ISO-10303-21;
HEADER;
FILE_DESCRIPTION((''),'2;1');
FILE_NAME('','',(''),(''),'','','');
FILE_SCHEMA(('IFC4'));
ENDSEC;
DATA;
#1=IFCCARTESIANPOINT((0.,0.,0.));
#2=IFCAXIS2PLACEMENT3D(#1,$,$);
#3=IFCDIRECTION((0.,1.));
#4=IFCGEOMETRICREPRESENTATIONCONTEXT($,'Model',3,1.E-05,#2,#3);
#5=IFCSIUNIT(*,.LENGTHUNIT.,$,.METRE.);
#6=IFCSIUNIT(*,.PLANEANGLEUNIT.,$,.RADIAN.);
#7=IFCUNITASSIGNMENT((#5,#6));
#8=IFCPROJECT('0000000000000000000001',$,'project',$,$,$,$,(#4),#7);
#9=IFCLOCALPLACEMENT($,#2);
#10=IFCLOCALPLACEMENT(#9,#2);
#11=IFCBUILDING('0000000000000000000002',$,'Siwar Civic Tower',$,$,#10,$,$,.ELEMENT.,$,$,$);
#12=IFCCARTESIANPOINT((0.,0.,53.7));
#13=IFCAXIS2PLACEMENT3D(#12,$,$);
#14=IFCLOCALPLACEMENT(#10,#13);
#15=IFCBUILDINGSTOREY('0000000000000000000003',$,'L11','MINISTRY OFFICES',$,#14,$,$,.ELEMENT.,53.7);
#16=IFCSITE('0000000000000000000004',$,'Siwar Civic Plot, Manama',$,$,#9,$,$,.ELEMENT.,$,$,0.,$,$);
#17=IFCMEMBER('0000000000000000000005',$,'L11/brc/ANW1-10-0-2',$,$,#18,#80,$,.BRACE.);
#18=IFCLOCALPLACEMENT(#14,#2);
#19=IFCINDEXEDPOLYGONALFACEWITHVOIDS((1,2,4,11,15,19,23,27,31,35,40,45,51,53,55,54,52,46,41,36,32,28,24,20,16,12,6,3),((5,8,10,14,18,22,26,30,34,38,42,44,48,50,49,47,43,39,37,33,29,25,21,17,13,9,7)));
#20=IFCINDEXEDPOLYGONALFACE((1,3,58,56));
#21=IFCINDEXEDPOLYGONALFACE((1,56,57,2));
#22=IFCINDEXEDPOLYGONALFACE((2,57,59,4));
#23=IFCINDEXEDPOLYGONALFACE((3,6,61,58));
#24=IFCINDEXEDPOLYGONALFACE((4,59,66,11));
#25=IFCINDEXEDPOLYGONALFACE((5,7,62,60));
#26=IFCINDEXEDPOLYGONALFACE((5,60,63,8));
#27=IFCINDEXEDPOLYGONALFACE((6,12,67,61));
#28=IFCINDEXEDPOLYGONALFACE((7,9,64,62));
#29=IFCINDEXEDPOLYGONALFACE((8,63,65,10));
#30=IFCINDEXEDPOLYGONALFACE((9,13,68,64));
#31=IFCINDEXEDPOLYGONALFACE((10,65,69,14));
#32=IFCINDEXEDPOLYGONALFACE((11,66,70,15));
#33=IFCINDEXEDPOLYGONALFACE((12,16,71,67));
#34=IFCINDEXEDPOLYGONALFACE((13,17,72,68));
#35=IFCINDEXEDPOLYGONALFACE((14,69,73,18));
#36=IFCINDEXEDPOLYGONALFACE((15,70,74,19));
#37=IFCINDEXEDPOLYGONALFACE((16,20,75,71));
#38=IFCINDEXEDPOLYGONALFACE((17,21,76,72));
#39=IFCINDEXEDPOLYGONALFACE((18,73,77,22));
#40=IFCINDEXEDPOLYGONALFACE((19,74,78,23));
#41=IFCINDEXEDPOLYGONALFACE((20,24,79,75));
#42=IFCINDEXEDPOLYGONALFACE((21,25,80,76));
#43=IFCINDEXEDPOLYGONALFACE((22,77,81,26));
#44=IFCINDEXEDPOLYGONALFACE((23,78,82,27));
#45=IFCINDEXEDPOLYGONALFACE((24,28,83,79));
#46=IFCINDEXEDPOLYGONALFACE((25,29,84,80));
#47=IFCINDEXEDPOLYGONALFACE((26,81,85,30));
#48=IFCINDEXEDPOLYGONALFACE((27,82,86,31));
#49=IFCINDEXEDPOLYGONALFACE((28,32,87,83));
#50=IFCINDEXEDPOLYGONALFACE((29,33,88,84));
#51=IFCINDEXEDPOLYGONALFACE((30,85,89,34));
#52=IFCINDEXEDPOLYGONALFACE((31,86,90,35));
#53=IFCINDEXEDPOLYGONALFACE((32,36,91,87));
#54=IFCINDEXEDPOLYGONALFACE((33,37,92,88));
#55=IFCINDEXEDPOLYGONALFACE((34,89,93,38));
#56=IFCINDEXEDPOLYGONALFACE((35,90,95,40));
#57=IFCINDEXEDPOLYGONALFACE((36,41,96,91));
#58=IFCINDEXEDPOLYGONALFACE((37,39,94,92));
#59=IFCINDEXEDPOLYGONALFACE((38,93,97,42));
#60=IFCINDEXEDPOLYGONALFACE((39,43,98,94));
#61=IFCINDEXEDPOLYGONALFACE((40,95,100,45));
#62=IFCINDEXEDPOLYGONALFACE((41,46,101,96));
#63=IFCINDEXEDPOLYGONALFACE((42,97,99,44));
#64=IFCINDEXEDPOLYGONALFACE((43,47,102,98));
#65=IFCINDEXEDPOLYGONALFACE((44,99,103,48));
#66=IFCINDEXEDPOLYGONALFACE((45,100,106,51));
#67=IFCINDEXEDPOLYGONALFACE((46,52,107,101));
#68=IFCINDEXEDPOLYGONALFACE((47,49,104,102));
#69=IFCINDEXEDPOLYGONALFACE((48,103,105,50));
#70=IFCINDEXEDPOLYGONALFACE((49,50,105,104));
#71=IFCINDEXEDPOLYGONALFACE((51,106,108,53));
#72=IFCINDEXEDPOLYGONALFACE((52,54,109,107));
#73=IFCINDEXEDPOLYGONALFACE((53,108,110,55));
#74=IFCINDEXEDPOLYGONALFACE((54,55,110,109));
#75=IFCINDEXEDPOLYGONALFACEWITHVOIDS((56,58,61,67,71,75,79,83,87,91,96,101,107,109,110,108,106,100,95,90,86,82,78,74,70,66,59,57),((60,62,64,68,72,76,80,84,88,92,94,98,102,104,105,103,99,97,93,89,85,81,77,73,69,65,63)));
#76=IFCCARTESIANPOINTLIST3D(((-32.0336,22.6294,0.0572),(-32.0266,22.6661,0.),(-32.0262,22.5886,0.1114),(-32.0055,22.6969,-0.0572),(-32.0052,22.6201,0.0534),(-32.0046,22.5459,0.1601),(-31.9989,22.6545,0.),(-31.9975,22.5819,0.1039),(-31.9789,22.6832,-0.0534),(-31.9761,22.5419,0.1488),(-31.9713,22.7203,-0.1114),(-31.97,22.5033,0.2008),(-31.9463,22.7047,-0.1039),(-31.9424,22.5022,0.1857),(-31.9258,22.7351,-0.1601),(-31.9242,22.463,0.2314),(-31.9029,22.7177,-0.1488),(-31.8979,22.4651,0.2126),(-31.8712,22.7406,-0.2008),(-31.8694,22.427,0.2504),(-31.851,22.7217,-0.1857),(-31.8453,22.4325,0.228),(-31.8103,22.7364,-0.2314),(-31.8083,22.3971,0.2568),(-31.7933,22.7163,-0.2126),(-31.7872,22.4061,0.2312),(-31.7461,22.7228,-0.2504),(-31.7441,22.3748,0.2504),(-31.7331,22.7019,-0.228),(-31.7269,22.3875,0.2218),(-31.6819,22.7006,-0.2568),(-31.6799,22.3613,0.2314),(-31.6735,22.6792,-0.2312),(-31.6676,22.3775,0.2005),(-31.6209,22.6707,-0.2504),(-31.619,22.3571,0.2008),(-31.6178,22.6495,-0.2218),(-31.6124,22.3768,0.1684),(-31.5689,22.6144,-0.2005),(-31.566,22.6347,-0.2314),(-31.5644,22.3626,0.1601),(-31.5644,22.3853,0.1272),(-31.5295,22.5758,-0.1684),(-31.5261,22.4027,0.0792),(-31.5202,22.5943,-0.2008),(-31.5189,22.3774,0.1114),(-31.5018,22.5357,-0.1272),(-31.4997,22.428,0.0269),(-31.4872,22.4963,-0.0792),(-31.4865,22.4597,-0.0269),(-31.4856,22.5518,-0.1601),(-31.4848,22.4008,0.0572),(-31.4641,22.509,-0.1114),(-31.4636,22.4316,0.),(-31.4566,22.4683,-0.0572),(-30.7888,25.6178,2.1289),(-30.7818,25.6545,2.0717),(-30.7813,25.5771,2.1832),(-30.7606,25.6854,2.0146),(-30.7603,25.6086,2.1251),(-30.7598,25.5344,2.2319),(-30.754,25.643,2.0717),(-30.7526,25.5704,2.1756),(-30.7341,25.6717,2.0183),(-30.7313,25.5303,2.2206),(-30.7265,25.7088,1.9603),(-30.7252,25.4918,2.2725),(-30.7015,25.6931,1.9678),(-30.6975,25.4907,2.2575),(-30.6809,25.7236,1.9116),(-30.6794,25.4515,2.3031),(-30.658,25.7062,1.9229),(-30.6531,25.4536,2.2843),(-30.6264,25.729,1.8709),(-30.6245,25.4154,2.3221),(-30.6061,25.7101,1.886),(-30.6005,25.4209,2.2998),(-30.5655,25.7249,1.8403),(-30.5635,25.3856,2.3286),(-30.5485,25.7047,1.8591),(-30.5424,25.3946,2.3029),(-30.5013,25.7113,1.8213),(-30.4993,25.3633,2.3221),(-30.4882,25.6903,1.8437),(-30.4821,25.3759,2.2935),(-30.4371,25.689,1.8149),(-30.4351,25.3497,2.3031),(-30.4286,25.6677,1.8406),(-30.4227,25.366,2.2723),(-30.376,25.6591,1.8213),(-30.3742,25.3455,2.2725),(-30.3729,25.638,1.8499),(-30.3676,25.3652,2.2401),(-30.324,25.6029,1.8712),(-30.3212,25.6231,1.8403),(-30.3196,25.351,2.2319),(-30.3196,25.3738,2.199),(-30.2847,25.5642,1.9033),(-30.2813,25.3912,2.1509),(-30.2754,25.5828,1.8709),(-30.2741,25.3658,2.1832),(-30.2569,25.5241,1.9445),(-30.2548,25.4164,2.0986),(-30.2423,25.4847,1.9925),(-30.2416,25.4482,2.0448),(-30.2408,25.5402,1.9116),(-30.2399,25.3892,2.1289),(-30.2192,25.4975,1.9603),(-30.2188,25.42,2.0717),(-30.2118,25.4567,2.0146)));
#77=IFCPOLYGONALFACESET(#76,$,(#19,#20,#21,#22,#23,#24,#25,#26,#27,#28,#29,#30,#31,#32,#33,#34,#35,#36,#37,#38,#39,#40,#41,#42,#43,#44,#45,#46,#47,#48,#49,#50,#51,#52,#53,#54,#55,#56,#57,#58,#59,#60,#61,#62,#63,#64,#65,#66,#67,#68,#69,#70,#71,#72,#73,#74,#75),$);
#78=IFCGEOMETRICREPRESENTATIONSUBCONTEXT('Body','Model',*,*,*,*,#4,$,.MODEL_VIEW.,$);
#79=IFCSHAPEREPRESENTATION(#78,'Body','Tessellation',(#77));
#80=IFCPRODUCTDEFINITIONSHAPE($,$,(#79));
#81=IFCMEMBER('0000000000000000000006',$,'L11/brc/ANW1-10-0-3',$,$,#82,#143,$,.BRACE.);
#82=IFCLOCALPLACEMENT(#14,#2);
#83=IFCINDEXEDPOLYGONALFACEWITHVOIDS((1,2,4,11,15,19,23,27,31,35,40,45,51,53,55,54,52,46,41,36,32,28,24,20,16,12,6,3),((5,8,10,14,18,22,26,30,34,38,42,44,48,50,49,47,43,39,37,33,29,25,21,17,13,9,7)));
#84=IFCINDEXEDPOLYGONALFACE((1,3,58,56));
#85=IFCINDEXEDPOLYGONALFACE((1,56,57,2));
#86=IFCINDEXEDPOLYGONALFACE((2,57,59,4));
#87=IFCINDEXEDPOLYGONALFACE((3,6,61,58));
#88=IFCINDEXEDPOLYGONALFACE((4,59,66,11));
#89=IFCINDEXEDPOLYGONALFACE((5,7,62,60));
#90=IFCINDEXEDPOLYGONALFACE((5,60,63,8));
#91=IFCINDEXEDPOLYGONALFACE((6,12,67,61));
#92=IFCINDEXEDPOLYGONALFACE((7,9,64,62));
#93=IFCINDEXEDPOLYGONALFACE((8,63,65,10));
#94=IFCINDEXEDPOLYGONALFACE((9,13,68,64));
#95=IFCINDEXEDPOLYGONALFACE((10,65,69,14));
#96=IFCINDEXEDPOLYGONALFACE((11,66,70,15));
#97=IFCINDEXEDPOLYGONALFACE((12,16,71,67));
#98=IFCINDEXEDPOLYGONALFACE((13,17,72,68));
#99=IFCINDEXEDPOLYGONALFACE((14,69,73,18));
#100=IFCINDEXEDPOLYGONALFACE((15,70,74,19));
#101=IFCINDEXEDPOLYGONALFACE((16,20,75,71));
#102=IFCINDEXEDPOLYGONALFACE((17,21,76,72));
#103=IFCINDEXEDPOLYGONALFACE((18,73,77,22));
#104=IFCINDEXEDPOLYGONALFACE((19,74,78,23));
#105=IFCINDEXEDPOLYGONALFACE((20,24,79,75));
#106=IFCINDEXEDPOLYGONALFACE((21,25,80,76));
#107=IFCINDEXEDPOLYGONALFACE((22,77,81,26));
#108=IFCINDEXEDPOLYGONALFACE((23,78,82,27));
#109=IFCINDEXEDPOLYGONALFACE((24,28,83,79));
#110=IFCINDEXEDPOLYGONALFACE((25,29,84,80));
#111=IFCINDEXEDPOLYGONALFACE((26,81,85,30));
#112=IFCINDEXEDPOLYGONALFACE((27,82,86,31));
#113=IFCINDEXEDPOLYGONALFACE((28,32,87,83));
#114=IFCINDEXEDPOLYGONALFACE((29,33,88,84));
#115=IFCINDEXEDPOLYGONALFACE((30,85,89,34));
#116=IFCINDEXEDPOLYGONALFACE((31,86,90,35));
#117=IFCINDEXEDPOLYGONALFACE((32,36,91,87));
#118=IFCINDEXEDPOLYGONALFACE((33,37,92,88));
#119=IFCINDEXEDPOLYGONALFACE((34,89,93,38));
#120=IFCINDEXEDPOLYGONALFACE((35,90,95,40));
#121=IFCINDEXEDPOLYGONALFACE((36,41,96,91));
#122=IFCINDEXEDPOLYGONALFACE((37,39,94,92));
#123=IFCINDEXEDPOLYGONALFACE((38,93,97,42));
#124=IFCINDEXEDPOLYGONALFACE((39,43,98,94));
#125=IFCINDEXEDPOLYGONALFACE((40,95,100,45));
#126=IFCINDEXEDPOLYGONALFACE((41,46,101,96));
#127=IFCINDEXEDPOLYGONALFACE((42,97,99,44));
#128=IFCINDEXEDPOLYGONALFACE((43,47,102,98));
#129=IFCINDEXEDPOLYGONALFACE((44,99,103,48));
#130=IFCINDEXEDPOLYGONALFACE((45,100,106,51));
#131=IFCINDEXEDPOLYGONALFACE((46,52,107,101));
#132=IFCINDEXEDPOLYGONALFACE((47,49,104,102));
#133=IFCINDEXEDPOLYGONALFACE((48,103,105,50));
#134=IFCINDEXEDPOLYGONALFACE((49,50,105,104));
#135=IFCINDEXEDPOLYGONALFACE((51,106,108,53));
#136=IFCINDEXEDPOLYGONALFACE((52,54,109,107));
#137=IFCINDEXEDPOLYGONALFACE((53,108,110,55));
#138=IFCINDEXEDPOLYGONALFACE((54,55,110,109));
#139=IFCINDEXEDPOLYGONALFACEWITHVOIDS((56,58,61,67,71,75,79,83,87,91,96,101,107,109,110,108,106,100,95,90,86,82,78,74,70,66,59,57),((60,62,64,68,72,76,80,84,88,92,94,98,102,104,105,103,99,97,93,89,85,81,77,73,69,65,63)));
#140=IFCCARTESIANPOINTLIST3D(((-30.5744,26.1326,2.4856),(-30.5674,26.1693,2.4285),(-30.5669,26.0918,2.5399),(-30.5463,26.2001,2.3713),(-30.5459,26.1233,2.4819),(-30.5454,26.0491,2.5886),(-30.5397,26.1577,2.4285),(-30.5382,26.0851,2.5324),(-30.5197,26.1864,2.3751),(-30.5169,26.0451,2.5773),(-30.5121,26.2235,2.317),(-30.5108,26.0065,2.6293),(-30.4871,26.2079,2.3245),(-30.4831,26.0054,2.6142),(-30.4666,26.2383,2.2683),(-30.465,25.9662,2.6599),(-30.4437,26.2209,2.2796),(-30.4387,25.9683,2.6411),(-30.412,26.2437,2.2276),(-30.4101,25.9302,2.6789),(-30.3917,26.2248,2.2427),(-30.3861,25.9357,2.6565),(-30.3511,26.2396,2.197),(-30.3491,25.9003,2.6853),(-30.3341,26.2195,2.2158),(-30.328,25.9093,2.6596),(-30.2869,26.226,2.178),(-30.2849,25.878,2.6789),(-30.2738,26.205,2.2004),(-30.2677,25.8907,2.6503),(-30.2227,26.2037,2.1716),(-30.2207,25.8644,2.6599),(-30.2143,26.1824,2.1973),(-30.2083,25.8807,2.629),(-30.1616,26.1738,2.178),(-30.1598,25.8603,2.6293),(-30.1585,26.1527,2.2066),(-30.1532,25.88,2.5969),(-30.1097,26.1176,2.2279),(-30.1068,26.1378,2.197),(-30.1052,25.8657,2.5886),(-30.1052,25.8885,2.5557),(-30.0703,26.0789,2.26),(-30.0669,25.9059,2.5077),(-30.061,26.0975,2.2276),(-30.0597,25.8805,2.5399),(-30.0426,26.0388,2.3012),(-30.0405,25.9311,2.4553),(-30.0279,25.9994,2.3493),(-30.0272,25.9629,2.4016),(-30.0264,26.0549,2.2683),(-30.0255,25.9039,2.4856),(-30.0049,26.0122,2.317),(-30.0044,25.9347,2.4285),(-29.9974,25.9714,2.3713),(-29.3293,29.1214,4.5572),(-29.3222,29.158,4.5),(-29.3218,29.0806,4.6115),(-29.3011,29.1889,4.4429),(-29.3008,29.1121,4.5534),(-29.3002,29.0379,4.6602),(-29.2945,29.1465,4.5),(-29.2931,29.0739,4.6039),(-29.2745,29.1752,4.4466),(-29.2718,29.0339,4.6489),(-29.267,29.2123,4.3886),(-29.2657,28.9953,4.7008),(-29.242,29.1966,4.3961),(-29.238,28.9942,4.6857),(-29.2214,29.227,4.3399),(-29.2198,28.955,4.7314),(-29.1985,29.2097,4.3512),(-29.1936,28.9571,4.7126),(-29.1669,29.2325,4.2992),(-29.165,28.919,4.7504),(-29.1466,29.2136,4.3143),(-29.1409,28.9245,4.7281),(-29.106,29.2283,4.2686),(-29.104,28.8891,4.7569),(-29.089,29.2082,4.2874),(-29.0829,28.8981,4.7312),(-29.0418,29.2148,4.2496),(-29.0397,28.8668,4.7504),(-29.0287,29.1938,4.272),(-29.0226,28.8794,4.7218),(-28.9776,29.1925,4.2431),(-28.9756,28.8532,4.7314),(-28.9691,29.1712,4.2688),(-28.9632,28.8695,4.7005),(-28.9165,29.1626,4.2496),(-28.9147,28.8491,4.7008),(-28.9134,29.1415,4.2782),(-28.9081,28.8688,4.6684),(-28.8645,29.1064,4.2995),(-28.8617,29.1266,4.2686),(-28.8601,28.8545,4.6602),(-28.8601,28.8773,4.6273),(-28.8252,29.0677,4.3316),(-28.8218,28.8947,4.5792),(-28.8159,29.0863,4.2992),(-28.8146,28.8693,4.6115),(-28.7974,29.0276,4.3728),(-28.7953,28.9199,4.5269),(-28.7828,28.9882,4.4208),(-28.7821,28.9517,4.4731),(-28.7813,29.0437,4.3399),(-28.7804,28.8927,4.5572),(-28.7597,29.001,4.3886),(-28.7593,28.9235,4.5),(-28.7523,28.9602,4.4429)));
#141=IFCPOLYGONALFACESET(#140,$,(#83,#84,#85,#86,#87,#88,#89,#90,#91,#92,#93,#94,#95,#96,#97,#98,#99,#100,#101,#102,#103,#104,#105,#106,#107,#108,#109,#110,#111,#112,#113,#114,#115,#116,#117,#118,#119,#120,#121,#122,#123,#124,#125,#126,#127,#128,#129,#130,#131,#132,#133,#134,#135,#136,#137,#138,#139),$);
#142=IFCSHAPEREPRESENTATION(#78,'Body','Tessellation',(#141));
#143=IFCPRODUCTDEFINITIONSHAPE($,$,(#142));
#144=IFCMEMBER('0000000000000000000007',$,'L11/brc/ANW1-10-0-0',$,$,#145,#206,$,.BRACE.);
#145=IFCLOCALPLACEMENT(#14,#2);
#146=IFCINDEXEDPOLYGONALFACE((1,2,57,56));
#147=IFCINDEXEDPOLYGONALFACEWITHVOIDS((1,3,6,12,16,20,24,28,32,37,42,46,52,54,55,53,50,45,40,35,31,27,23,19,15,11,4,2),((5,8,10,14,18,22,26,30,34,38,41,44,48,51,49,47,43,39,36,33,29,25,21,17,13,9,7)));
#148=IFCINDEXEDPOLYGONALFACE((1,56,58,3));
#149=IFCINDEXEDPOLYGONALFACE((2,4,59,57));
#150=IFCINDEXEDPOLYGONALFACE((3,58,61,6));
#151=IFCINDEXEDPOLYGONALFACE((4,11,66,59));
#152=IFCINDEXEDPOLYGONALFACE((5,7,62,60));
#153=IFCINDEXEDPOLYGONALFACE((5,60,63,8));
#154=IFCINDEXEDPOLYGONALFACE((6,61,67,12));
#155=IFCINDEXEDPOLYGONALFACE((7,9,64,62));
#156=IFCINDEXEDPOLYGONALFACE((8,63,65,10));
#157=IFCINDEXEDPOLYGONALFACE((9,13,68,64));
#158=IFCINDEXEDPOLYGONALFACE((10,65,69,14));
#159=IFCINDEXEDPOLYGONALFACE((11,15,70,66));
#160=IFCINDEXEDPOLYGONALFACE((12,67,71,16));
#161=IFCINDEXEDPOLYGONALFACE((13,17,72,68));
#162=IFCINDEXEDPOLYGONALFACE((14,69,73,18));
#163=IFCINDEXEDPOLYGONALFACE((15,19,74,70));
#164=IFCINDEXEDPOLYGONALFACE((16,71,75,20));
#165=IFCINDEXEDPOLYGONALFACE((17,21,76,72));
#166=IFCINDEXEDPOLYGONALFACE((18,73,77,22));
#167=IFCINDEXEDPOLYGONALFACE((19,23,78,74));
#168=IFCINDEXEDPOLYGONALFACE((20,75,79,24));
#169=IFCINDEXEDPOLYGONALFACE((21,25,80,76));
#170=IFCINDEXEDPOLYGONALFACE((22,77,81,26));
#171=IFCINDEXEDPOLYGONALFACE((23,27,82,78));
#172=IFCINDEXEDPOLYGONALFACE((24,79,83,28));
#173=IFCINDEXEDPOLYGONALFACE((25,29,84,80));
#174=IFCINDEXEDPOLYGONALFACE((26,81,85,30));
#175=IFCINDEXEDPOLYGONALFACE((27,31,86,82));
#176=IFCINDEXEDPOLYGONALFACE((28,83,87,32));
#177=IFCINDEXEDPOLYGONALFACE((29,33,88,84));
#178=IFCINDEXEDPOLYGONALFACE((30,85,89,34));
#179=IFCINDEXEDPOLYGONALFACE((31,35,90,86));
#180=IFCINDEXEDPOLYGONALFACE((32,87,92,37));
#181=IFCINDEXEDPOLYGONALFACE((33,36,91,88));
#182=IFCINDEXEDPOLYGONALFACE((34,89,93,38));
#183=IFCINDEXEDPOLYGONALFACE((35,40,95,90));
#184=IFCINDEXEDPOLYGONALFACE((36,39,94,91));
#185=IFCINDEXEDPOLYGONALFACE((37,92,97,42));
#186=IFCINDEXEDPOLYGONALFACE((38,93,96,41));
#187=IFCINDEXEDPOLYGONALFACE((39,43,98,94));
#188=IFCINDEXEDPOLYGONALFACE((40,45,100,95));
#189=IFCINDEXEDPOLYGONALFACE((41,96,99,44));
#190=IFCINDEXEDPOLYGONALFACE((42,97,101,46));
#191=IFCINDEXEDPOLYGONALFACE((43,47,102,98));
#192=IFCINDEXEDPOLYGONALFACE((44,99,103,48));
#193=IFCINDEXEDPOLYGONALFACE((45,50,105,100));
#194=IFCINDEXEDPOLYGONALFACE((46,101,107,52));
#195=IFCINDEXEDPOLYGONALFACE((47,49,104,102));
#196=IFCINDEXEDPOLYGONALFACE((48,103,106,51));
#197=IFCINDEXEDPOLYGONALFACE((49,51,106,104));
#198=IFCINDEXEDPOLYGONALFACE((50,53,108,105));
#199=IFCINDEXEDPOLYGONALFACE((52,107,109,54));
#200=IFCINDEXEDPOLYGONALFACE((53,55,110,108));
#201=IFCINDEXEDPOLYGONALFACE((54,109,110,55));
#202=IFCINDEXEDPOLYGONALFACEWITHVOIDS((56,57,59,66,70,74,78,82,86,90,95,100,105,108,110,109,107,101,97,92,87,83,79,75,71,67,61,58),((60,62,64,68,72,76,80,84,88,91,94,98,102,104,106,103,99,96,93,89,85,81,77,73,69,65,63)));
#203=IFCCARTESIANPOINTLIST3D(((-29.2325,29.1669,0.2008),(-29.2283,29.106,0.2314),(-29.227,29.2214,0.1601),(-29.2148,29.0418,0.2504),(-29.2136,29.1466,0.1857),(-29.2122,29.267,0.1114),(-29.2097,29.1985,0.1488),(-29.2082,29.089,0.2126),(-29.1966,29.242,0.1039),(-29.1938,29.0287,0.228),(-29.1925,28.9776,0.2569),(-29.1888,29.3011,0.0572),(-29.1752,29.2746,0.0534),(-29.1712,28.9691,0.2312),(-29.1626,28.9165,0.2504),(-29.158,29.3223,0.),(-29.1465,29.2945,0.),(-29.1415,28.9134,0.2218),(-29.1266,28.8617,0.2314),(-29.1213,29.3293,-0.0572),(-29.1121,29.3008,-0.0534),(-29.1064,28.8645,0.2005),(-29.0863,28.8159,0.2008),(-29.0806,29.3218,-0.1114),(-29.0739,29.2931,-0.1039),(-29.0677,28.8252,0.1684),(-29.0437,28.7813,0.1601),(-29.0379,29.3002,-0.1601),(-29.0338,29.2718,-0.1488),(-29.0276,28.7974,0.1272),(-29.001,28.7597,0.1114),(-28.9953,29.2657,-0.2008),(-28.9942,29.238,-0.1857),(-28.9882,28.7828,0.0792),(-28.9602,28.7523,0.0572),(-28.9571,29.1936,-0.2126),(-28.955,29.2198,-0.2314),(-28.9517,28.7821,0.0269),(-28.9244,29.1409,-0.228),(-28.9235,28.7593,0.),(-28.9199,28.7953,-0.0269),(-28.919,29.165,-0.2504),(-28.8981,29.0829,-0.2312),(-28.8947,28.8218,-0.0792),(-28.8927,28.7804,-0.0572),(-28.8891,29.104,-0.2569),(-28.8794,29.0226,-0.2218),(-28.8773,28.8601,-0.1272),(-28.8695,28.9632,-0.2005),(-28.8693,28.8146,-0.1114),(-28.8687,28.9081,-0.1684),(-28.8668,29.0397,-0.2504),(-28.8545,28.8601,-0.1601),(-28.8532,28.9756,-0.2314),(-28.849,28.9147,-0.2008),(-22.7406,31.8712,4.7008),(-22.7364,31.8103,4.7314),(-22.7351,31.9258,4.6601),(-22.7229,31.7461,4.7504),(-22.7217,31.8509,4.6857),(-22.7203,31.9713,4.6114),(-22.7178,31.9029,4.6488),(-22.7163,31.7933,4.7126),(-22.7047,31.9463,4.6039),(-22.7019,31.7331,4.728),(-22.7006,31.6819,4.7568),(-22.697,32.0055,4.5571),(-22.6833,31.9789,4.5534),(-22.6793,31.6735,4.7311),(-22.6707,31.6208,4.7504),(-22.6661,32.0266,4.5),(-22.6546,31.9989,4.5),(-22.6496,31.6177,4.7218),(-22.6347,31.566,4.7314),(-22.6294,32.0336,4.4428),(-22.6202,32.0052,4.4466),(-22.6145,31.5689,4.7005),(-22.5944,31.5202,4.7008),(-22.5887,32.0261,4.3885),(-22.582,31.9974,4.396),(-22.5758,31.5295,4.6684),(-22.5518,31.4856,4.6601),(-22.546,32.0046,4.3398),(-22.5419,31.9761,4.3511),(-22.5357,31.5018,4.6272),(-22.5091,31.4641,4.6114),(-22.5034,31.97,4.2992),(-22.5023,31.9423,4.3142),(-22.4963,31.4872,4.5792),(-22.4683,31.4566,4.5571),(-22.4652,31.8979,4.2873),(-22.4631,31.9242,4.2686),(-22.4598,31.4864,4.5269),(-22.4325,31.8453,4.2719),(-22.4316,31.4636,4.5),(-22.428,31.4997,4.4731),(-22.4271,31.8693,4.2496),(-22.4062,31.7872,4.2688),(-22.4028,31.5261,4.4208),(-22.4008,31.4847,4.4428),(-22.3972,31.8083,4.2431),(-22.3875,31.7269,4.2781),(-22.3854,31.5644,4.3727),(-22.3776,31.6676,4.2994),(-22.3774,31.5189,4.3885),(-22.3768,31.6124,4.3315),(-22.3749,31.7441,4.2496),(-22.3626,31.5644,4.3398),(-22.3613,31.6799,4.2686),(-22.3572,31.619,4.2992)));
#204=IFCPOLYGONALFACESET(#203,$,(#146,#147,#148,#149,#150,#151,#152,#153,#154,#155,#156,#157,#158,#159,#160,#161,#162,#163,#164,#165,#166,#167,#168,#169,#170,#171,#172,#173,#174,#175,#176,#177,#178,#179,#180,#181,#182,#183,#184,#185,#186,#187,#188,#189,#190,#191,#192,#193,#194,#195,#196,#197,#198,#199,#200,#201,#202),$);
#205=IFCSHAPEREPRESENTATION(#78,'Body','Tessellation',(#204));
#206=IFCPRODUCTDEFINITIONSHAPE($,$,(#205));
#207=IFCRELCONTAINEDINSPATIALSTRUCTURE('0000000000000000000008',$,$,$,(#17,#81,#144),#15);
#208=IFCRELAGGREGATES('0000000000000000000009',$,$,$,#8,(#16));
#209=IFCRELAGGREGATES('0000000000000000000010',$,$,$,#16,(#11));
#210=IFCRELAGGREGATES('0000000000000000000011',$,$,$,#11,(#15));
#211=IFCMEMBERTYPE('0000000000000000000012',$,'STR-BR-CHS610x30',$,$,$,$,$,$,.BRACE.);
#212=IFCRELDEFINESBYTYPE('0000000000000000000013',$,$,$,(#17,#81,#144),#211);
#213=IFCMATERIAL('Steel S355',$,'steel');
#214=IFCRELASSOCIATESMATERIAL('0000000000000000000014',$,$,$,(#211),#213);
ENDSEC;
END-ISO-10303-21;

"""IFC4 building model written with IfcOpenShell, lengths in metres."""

from ifc_helpers import new_model, si_unit, direction, frame, origin, origin_2d, place, context, subcontext, project, spatial, hollow_circle, extrude, material, material_profile, profile_set, type_object, element, save


model = new_model("IFC4")

# Units and contexts
model_context = context("Model", 3, precision=1e-05, world=origin(), true_north=direction((0.0, 1.0)))
body_context = subcontext(model_context, "Body", "Model", "MODEL_VIEW")
ifc_project = project(units=[si_unit("LENGTHUNIT", "METRE"), si_unit("PLANEANGLEUNIT", "RADIAN")], contexts=[model_context])

# Site, building, storey
site_placement = place(None, origin())
site = spatial("IfcSite", under=ifc_project, at=site_placement, Name="Siwar Civic Plot, Manama", CompositionType="ELEMENT", RefElevation=0.0)
building_placement = place(site_placement, origin())
building = spatial("IfcBuilding", under=site, at=building_placement, Name="Siwar Civic Tower", CompositionType="ELEMENT")
storey_placement = place(building_placement, frame((0.0, 0.0, 53.7)))
storey = spatial("IfcBuildingStorey", under=building, at=storey_placement, Name="L11", Description="MINISTRY OFFICES", CompositionType="ELEMENT", Elevation=53.7)

# Members
ifc_material_1 = material(Name="Steel S355", Category="steel")
ifc_material_profile_1 = material_profile(ifc_material_1, hollow_circle(Radius=0.3049, WallThickness=0.03, at=origin_2d()), Name="CHS610x30")
ifc_profile_set_1 = profile_set([ifc_material_profile_1], Name="Steel S355")
member_type_1 = type_object("IfcMemberType", Name="STR-BR-CHS610x30", PredefinedType="BRACE", material=ifc_profile_set_1)
member_1_placement = place(storey_placement, frame((-31.7451, 22.5488, 0.0), z_axis=(0.323882, 0.777533, 0.53902), x_axis=(-0.923115, 0.384524, 0.0)))
element("IfcMember", 1, at=member_1_placement, inside=storey, type_object=member_type_1, Name="L11/brc/ANW1-10-0-2", PredefinedType="BRACE", context=body_context, shape_type="SweptSolid", body=[
    extrude(hollow_circle(Radius=0.3049, WallThickness=0.03, at=origin_2d()), origin(), (0.0, 0.0, 1.0), 3.8435),
])
member_2_placement = place(storey_placement, frame((-30.2859, 26.052, 2.4285), z_axis=(0.323934, 0.777569, 0.538937), x_axis=(-0.923099, 0.384562, 0.0)))
element("IfcMember", 2, at=member_2_placement, inside=storey, type_object=member_type_1, Name="L11/brc/ANW1-10-0-3", PredefinedType="BRACE", context=body_context, shape_type="SweptSolid", body=[
    extrude(hollow_circle(Radius=0.3049, WallThickness=0.03, at=origin_2d()), origin(), (0.0, 0.0, 1.0), 3.8438),
])
member_3_placement = place(storey_placement, frame((-29.0408, 29.0408, 0.0), z_axis=(0.777555, 0.323906, 0.538975), x_axis=(-0.384539, 0.923109, 0.0)))
element("IfcMember", 3, at=member_3_placement, inside=storey, type_object=member_type_1, Name="L11/brc/ANW1-10-0-0", PredefinedType="BRACE", context=body_context, shape_type="SweptSolid", body=[
    extrude(hollow_circle(Radius=0.3049, WallThickness=0.03, at=origin_2d()), origin(), (0.0, 0.0, 1.0), 8.3491),
])

save(model, "model.ifc")
